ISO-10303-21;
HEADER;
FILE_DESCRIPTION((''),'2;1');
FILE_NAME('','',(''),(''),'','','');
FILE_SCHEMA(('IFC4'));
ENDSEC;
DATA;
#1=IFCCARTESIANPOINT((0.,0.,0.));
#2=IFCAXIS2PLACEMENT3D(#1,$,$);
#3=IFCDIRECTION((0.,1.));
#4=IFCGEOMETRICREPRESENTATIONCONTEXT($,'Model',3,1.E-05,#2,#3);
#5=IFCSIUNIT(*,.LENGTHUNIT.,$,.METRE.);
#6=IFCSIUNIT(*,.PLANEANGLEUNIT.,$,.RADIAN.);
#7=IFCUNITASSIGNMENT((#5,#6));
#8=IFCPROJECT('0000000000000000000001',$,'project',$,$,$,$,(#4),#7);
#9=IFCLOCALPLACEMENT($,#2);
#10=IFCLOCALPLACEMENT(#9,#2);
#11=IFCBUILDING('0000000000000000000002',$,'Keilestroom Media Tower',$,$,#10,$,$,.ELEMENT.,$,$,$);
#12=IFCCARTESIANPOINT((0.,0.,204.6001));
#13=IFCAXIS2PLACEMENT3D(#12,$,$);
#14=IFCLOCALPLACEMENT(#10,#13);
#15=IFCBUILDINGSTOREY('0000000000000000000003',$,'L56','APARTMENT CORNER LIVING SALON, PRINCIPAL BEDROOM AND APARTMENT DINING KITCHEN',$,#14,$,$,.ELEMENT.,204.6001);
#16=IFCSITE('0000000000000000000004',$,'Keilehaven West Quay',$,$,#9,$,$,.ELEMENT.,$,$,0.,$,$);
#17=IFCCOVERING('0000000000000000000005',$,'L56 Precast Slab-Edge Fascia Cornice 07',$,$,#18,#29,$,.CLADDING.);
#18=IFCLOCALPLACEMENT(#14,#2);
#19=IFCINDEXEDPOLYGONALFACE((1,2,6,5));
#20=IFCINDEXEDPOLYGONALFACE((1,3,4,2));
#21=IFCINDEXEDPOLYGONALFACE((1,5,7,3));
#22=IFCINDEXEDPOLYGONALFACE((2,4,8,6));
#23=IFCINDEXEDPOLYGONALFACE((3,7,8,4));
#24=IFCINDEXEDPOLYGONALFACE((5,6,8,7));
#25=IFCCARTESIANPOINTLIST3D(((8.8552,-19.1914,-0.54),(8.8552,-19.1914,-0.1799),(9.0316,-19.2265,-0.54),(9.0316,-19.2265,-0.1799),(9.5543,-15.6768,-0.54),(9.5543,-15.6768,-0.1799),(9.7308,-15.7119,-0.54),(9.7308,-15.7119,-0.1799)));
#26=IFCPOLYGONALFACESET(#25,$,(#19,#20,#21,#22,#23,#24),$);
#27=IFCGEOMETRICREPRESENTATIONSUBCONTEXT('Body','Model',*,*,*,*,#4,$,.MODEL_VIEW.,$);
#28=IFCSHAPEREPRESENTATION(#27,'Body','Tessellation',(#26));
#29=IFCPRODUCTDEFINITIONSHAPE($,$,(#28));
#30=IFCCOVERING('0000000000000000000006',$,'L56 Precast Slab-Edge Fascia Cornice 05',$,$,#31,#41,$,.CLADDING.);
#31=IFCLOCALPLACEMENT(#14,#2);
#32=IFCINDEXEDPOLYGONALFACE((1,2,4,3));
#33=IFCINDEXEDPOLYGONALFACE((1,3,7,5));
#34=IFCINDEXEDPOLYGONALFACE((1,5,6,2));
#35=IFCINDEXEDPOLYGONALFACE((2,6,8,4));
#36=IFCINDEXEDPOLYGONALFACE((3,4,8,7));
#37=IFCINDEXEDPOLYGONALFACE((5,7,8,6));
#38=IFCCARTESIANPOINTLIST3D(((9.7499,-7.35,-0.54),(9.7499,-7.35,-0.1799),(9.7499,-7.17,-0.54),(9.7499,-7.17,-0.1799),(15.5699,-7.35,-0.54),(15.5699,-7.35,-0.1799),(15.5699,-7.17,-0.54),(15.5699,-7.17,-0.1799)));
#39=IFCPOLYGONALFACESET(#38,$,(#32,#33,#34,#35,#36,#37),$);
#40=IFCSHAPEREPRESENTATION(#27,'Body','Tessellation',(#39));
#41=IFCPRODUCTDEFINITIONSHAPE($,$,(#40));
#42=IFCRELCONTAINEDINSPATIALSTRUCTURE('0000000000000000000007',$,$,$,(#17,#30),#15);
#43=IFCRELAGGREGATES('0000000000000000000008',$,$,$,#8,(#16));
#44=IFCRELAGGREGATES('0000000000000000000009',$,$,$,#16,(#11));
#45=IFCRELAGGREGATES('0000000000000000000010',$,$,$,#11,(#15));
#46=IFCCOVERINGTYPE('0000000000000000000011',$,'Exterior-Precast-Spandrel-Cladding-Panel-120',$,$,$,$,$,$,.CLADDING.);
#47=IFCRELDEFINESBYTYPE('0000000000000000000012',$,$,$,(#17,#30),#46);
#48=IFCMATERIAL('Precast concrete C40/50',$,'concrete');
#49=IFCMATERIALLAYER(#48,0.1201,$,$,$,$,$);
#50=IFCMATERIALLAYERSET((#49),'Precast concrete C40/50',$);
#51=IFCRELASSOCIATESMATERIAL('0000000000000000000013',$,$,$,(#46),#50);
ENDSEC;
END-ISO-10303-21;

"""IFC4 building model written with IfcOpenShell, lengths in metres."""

from ifc_helpers import new_model, si_unit, direction, frame, origin, origin_2d, place, context, subcontext, project, spatial, rectangle, extrude, source, transform, mapped, material, layer, layer_set, type_object, element, save


model = new_model("IFC4")

# Units and contexts
model_context = context("Model", 3, precision=1e-05, world=origin(), true_north=direction((0.0, 1.0)))
body_context = subcontext(model_context, "Body", "Model", "MODEL_VIEW")
ifc_project = project(units=[si_unit("LENGTHUNIT", "METRE"), si_unit("PLANEANGLEUNIT", "RADIAN")], contexts=[model_context])

# Site, building, storey
site_placement = place(None, origin())
site = spatial("IfcSite", under=ifc_project, at=site_placement, Name="Keilehaven West Quay", CompositionType="ELEMENT", RefElevation=0.0)
building_placement = place(site_placement, origin())
building = spatial("IfcBuilding", under=site, at=building_placement, Name="Keilestroom Media Tower", CompositionType="ELEMENT")
storey_placement = place(building_placement, frame((0.0, 0.0, 204.6001)))
storey = spatial("IfcBuildingStorey", under=building, at=storey_placement, Name="L56", Description="APARTMENT CORNER LIVING SALON, PRINCIPAL BEDROOM AND APARTMENT DINING KITCHEN", CompositionType="ELEMENT", Elevation=204.6001)

# Shared definitions
ifc_material_1 = material(Name="Precast concrete C40/50", Category="concrete")

# Coverings
ifc_layer_1 = layer(ifc_material_1, 0.1201)
ifc_layer_set_1 = layer_set([ifc_layer_1], Name="Precast concrete C40/50")
covering_type = type_object("IfcCoveringType", Name="Exterior-Precast-Spandrel-Cladding-Panel-120", PredefinedType="CLADDING", material=ifc_layer_set_1)
shared_shape_1 = source(origin(), body_context, "Body", "SweptSolid", [
    extrude(rectangle(XDim=3.5835, YDim=0.1799, at=origin_2d()), origin(), (0.0, 0.0, 1.0), 0.3601),
])
covering_1_placement = place(storey_placement, frame((9.293, -17.4517, -0.54), z_axis=(0.0, 0.0, 1.0), x_axis=(-0.195099, -0.980784, 0.0)))
element("IfcCovering", 1, at=covering_1_placement, inside=storey, type_object=covering_type, Name="L56 Precast Slab-Edge Fascia Cornice 07", PredefinedType="CLADDING", context=body_context, shape_type="MappedRepresentation", body=[
    mapped(shared_shape_1, transform((0.0, 0.0, 0.0), x_axis=(1.0, 0.0, 0.0), y_axis=(0.0, 1.0, 0.0), z_axis=(0.0, 0.0, 1.0), scale=1.0)),
])
shared_shape_2 = source(origin(), body_context, "Body", "SweptSolid", [
    extrude(rectangle(XDim=5.8201, YDim=0.1799, at=origin_2d()), origin(), (0.0, 0.0, 1.0), 0.3601),
])
covering_2_placement = place(storey_placement, frame((12.6599, -7.26, -0.54), z_axis=(0.0, 0.0, 1.0), x_axis=(-1.0, 0.0, 0.0)))
element("IfcCovering", 2, at=covering_2_placement, inside=storey, type_object=covering_type, Name="L56 Precast Slab-Edge Fascia Cornice 05", PredefinedType="CLADDING", context=body_context, shape_type="MappedRepresentation", body=[
    mapped(shared_shape_2, transform((0.0, 0.0, 0.0), x_axis=(1.0, 0.0, 0.0), y_axis=(0.0, 1.0, 0.0), z_axis=(0.0, 0.0, 1.0), scale=1.0)),
])

save(model, "model.ifc")
